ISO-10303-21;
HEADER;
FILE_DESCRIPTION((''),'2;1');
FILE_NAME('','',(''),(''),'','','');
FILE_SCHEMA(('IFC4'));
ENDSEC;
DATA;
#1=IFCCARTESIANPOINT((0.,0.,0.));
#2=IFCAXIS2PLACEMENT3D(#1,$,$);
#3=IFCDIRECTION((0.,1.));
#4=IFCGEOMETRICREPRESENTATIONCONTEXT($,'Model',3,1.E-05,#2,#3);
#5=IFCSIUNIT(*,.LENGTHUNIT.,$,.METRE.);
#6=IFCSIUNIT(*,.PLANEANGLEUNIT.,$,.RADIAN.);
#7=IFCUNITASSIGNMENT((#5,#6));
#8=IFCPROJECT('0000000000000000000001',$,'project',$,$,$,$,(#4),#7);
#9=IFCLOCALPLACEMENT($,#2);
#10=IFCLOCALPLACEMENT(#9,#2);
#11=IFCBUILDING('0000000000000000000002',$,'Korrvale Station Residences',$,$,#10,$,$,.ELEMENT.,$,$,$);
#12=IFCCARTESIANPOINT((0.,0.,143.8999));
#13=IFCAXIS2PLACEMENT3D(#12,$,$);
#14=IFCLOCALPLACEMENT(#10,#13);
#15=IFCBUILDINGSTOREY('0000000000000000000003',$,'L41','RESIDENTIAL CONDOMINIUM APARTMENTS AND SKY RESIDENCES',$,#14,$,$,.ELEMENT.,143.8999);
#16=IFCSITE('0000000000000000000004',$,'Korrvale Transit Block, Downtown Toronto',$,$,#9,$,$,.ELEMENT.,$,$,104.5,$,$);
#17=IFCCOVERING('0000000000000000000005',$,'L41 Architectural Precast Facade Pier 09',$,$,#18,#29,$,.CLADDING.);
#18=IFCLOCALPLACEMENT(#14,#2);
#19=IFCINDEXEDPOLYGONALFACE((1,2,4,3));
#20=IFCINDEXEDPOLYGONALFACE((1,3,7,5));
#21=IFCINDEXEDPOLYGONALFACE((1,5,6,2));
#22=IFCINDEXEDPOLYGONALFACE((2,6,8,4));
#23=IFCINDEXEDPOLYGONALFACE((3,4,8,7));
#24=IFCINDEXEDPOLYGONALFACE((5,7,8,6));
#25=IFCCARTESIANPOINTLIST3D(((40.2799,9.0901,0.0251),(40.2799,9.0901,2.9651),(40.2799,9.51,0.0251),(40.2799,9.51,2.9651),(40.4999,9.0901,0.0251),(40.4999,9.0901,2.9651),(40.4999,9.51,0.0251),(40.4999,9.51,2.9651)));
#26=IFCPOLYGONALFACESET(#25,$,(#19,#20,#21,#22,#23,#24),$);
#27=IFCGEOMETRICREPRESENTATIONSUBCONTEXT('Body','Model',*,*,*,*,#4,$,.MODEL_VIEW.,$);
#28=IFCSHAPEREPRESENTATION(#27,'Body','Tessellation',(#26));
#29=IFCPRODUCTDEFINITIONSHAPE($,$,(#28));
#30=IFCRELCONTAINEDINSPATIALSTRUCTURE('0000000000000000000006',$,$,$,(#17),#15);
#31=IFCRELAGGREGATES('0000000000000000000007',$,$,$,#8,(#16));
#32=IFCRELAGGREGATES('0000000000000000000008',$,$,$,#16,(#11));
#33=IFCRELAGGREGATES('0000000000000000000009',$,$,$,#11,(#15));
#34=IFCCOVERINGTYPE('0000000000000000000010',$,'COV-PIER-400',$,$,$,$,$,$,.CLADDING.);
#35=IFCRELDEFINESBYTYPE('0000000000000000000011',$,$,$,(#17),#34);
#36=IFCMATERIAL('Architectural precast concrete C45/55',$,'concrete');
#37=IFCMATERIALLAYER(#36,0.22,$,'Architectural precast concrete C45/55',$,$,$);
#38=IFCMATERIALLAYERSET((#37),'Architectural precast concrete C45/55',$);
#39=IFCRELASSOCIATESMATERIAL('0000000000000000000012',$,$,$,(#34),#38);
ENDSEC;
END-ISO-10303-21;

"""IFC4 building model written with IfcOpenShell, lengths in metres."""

from ifc_helpers import new_model, si_unit, direction, frame, origin, origin_2d, place, context, subcontext, project, spatial, rectangle, extrude, material, layer, layer_set, type_object, element, save


model = new_model("IFC4")

# Units and contexts
model_context = context("Model", 3, precision=1e-05, world=origin(), true_north=direction((0.0, 1.0)))
body_context = subcontext(model_context, "Body", "Model", "MODEL_VIEW")
ifc_project = project(units=[si_unit("LENGTHUNIT", "METRE"), si_unit("PLANEANGLEUNIT", "RADIAN")], contexts=[model_context])

# Site, building, storey
site_placement = place(None, origin())
site = spatial("IfcSite", under=ifc_project, at=site_placement, Name="Korrvale Transit Block, Downtown Toronto", CompositionType="ELEMENT", RefElevation=104.5)
building_placement = place(site_placement, origin())
building = spatial("IfcBuilding", under=site, at=building_placement, Name="Korrvale Station Residences", CompositionType="ELEMENT")
storey_placement = place(building_placement, frame((0.0, 0.0, 143.8999)))
storey = spatial("IfcBuildingStorey", under=building, at=storey_placement, Name="L41", Description="RESIDENTIAL CONDOMINIUM APARTMENTS AND SKY RESIDENCES", CompositionType="ELEMENT", Elevation=143.8999)

# Covering
ifc_material_1 = material(Name="Architectural precast concrete C45/55", Category="concrete")
ifc_layer_1 = layer(ifc_material_1, 0.22, Name="Architectural precast concrete C45/55")
ifc_layer_set_1 = layer_set([ifc_layer_1], Name="Architectural precast concrete C45/55")
covering_type = type_object("IfcCoveringType", Name="COV-PIER-400", PredefinedType="CLADDING", material=ifc_layer_set_1)
covering_placement = place(storey_placement, frame((40.3899, 9.3, 0.0251), z_axis=(0.0, 0.0, 1.0), x_axis=(0.0, 1.0, 0.0)))
element("IfcCovering", 1, at=covering_placement, inside=storey, type_object=covering_type, Name="L41 Architectural Precast Facade Pier 09", PredefinedType="CLADDING", context=body_context, shape_type="SweptSolid", body=[
    extrude(rectangle(XDim=0.4199, YDim=0.22, at=origin_2d()), origin(), (0.0, 0.0, 1.0), 2.9399),
])

save(model, "model.ifc")
